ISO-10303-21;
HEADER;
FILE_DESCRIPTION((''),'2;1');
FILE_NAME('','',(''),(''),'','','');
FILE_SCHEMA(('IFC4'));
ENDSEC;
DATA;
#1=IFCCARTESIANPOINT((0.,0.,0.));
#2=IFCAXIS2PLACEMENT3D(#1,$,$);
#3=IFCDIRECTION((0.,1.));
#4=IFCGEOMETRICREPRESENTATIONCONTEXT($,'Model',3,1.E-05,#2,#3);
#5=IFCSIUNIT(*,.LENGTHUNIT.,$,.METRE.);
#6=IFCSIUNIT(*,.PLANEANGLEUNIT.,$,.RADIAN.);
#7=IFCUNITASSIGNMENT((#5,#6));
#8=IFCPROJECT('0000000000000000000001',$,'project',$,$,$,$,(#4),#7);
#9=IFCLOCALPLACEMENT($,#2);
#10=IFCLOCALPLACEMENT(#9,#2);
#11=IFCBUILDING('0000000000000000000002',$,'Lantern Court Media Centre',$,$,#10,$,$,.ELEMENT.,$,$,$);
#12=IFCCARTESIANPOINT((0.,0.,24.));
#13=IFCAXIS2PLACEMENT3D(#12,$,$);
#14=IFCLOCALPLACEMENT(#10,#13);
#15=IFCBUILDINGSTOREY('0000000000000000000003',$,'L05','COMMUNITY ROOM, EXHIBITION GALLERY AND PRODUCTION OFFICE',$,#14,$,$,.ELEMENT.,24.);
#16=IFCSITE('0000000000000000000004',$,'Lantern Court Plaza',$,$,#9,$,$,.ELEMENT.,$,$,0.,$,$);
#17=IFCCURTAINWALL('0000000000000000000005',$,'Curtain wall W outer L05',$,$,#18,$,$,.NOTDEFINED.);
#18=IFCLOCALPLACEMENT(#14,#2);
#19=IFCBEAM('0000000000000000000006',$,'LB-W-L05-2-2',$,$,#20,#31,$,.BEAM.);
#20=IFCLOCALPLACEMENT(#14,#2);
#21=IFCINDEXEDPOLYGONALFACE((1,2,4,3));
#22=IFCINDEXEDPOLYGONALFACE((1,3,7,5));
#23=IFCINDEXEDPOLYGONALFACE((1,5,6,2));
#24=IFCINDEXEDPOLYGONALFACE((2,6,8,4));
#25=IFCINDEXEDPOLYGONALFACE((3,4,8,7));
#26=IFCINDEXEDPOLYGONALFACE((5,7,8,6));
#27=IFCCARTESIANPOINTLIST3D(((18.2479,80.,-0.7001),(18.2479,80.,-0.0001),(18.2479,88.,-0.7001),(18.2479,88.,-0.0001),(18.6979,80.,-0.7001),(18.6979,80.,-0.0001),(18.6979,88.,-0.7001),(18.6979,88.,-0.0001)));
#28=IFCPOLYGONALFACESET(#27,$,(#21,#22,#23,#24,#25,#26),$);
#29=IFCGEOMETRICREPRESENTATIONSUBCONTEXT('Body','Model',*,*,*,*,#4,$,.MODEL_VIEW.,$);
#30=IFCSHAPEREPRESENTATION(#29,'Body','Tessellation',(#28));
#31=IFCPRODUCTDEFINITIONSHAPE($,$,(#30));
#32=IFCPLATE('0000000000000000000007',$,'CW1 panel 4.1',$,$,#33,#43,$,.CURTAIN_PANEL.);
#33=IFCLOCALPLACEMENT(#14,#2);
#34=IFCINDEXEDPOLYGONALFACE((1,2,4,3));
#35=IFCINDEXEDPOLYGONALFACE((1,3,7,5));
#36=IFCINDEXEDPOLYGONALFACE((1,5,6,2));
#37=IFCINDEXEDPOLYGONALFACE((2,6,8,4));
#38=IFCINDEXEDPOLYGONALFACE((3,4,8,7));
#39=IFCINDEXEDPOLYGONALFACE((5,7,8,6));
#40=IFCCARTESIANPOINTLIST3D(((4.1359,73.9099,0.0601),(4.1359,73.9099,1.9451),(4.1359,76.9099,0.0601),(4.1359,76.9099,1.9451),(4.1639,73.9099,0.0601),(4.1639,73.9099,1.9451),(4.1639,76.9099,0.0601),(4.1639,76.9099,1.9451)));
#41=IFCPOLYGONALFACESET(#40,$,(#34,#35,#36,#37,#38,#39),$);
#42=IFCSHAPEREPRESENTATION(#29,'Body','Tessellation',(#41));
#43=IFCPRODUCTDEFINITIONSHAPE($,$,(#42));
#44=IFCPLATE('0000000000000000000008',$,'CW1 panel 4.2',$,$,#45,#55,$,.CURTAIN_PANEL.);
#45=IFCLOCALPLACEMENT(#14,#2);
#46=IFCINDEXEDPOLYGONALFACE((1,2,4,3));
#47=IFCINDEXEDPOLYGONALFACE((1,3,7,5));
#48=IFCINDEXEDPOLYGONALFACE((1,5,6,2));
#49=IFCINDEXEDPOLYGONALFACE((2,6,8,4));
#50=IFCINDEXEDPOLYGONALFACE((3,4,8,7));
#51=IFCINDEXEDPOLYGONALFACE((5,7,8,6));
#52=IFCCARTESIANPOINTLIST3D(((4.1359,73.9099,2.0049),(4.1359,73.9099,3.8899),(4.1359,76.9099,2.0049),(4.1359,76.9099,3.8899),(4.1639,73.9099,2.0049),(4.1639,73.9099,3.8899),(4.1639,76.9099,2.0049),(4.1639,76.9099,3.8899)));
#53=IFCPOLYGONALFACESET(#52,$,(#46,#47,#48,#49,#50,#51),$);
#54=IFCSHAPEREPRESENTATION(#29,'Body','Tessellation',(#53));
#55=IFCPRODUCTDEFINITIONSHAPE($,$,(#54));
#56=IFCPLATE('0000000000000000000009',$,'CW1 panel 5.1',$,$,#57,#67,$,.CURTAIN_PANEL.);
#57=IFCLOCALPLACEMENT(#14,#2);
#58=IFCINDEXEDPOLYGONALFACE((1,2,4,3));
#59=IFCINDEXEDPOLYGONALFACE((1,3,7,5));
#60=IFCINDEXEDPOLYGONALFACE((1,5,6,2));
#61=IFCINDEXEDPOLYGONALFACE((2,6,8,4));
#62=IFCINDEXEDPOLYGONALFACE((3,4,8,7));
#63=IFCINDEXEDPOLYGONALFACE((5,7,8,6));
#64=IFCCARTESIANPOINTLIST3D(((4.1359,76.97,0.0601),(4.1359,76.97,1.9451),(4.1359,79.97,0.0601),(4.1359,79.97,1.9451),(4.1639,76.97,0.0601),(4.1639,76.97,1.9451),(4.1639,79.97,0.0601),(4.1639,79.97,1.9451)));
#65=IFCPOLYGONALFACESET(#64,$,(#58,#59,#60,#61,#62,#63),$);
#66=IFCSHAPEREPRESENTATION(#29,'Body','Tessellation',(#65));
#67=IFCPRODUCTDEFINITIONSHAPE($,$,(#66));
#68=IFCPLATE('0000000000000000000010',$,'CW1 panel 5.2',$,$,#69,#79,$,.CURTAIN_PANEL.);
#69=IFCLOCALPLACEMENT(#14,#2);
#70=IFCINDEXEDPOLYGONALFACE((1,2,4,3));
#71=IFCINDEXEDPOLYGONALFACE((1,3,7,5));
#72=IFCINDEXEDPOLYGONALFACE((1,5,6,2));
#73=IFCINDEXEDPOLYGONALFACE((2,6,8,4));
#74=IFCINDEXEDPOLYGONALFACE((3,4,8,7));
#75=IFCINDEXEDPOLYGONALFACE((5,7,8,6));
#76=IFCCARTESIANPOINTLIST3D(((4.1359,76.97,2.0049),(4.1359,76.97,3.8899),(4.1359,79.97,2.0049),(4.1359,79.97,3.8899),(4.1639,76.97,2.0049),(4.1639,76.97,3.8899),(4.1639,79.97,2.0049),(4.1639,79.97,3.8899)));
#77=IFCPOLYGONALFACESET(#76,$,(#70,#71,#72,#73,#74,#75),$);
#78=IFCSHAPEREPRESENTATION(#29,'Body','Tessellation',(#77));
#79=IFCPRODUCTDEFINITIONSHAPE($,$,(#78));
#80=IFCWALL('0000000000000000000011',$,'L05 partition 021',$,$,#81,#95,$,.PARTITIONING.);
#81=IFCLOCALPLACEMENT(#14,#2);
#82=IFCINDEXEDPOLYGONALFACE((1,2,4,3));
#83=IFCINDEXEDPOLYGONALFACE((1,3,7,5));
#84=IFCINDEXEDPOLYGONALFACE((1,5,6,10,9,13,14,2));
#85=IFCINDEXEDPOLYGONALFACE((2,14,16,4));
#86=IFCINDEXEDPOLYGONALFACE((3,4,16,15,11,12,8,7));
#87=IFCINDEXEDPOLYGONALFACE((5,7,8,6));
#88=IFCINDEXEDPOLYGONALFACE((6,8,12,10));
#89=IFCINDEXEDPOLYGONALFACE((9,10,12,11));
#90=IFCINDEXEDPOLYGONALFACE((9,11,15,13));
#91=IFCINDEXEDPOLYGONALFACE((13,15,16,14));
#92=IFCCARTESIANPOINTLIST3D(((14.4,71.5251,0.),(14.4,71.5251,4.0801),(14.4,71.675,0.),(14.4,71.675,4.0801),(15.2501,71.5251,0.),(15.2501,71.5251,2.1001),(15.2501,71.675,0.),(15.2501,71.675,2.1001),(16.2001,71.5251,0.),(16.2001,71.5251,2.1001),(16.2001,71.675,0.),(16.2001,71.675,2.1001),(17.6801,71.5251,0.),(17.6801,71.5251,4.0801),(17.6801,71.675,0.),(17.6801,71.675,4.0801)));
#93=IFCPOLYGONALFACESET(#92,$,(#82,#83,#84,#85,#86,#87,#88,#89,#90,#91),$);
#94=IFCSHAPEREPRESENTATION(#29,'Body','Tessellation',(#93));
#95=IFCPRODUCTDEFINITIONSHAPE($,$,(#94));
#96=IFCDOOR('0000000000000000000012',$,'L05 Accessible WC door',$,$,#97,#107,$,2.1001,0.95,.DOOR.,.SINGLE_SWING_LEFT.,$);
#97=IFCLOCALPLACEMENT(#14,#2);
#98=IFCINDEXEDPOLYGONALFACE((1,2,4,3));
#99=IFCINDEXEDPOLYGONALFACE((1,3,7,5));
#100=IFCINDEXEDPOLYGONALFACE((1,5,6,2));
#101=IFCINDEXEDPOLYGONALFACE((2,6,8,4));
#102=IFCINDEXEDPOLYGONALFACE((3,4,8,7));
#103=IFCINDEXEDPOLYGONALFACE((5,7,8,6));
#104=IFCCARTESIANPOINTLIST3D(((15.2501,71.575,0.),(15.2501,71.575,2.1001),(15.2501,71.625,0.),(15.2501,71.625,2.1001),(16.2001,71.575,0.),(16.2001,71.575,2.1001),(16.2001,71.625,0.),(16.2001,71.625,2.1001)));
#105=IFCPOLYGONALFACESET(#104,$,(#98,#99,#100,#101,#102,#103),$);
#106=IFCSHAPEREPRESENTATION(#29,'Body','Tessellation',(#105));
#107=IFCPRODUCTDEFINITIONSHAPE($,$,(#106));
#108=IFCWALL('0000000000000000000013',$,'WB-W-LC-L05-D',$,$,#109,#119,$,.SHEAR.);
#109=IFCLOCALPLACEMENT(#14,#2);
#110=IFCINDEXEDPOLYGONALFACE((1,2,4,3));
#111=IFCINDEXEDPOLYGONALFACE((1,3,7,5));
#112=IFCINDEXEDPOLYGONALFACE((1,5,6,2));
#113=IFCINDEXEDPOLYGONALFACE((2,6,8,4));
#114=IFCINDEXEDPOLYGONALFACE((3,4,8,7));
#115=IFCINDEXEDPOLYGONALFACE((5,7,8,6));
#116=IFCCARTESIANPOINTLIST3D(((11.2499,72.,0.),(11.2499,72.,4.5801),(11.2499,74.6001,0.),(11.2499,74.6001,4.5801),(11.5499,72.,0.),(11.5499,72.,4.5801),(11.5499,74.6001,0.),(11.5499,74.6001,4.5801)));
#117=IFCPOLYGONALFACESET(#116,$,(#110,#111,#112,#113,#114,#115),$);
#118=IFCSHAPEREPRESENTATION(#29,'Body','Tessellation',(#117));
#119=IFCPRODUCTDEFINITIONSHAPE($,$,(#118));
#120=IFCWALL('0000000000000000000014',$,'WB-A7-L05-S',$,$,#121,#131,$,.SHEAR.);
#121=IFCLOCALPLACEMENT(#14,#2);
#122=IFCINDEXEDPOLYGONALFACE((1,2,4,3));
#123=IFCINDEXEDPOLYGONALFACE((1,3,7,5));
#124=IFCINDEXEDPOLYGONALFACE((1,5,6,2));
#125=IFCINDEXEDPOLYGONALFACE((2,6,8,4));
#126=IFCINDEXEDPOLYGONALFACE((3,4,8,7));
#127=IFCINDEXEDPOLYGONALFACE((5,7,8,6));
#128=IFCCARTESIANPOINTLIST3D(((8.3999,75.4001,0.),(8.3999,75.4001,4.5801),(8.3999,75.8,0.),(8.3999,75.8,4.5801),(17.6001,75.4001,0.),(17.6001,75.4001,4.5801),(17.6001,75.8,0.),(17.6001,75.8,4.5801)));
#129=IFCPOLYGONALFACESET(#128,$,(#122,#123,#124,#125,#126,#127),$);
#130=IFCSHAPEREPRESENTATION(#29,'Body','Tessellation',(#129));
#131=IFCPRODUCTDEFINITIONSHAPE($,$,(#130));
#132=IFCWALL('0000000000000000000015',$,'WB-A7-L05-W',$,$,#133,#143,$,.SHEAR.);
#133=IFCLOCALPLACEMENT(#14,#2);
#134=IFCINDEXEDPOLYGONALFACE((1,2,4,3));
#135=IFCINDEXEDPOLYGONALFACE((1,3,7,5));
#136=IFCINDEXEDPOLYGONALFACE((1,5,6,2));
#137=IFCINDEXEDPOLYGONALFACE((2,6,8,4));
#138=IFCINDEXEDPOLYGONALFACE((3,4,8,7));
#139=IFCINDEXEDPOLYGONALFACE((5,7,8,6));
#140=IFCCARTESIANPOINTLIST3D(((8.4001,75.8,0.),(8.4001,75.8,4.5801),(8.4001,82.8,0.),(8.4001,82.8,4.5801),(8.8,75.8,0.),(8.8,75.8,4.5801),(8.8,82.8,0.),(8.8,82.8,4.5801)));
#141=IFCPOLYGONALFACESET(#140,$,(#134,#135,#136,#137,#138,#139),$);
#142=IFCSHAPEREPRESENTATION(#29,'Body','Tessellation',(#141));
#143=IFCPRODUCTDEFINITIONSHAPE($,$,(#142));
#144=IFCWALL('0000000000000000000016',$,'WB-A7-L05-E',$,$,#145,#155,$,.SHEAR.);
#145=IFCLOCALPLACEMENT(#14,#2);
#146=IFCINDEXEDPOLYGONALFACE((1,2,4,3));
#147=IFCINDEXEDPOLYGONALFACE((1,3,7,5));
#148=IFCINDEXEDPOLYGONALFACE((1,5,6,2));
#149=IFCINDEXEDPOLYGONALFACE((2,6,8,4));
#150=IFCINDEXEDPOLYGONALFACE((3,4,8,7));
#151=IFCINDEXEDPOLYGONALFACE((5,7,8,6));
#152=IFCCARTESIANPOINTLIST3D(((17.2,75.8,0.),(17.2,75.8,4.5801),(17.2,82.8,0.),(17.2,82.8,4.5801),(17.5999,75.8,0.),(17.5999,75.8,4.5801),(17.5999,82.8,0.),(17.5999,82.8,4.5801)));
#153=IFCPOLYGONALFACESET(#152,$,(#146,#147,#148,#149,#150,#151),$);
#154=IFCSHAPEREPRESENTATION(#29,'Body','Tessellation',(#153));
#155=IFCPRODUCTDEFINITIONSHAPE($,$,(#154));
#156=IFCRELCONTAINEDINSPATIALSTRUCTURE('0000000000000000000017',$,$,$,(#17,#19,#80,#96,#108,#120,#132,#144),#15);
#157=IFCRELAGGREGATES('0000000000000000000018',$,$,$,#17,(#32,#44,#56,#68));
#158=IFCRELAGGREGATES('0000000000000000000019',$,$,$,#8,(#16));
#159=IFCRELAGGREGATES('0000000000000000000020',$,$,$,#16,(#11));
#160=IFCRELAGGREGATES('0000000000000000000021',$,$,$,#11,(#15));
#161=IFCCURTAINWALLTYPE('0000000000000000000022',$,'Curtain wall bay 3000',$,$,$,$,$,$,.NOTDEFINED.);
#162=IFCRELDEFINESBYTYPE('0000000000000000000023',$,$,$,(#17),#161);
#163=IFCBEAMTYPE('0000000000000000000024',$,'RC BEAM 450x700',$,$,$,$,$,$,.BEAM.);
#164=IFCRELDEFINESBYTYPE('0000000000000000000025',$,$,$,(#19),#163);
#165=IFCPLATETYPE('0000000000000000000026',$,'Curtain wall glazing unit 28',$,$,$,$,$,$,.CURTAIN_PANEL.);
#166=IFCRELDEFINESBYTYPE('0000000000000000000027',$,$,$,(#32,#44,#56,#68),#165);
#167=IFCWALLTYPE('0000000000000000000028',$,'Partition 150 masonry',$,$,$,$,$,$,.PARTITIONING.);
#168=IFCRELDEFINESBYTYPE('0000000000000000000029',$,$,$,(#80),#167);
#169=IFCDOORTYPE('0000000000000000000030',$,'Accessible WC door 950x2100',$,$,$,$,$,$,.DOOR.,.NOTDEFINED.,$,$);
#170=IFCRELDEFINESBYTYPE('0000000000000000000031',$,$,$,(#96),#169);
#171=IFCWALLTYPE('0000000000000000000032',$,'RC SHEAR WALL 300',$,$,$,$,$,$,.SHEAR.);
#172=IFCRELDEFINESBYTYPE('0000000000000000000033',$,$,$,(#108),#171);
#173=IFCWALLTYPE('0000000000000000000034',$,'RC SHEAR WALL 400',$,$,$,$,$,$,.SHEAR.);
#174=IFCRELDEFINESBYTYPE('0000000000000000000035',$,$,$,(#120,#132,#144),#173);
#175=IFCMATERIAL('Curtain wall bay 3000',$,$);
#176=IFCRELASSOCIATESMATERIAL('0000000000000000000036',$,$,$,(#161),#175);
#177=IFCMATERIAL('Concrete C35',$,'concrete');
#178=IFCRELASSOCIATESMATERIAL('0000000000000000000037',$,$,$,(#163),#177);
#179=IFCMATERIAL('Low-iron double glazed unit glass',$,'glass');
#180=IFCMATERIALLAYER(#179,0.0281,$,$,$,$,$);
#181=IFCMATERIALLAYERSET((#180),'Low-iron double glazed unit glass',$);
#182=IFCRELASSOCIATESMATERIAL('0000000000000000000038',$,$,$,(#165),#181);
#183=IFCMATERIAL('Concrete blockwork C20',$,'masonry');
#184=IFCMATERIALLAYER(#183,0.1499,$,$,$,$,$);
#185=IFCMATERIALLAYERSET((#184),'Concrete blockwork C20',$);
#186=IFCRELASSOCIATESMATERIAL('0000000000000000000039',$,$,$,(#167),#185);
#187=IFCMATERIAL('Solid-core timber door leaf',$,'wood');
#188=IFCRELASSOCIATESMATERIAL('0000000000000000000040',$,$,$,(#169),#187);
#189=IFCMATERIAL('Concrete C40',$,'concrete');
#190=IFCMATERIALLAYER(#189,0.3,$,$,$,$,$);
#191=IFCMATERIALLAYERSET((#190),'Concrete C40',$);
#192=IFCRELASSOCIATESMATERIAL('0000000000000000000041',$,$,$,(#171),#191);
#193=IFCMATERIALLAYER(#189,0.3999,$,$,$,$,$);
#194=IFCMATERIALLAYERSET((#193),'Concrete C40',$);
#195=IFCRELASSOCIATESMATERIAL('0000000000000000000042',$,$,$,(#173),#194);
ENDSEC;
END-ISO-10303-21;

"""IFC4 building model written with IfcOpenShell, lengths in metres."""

from ifc_helpers import new_model, si_unit, direction, frame, frame_2d, origin, origin_2d, place, context, subcontext, project, spatial, rectangle, extrude, material, layer, layer_set, material_profile, profile_set, type_object, element, fill, aggregate, save


model = new_model("IFC4")

# Units and contexts
model_context = context("Model", 3, precision=1e-05, world=origin(), true_north=direction((0.0, 1.0)))
body_context = subcontext(model_context, "Body", "Model", "MODEL_VIEW")
ifc_project = project(units=[si_unit("LENGTHUNIT", "METRE"), si_unit("PLANEANGLEUNIT", "RADIAN")], contexts=[model_context])

# Site, building, storey
site_placement = place(None, origin())
site = spatial("IfcSite", under=ifc_project, at=site_placement, Name="Lantern Court Plaza", CompositionType="ELEMENT", RefElevation=0.0)
building_placement = place(site_placement, origin())
building = spatial("IfcBuilding", under=site, at=building_placement, Name="Lantern Court Media Centre", CompositionType="ELEMENT")
storey_placement = place(building_placement, frame((0.0, 0.0, 24.0)))
storey = spatial("IfcBuildingStorey", under=building, at=storey_placement, Name="L05", Description="COMMUNITY ROOM, EXHIBITION GALLERY AND PRODUCTION OFFICE", CompositionType="ELEMENT", Elevation=24.0)

# Shared definitions
ifc_material_1 = material(Name="Concrete C35", Category="concrete")

# Curtain wall
ifc_material_2 = material(Name="Curtain wall bay 3000")
curtain_wall_type = type_object("IfcCurtainWallType", Name="Curtain wall bay 3000", PredefinedType="NOTDEFINED", material=ifc_material_2)
curtain_wall_placement = place(storey_placement, origin())
curtain_wall = element("IfcCurtainWall", 1, at=curtain_wall_placement, inside=storey, type_object=curtain_wall_type, Name="Curtain wall W outer L05", PredefinedType="NOTDEFINED")

# Beam
ifc_material_profile_1 = material_profile(ifc_material_1, rectangle(XDim=0.45, YDim=0.7, at=origin_2d()), Name="RC 450x700")
ifc_profile_set_1 = profile_set([ifc_material_profile_1], Name="Concrete C35")
beam_type_1 = type_object("IfcBeamType", Name="RC BEAM 450x700", PredefinedType="BEAM", material=ifc_profile_set_1)
for number, where, z_axis, x_axis, name in (
    (2, (18.4729, 80.0, -0.3501), (0.0, 1.0, 0.0), (-1.0, 0.0, 0.0), "LB-W-L05-2-2"),
):
    element("IfcBeam", number, at=place(storey_placement, frame(where, z_axis=z_axis, x_axis=x_axis)), inside=storey, type_object=beam_type_1, Name=name, PredefinedType="BEAM", context=body_context, shape_type="SweptSolid", body=[
        extrude(rectangle(XDim=0.45, YDim=0.7, at=origin_2d()), origin(), (0.0, 0.0, 1.0), 8.0),
    ])

# Plates
ifc_material_3 = material(Name="Low-iron double glazed unit glass", Category="glass")
ifc_layer_1 = layer(ifc_material_3, 0.0281)
ifc_layer_set_1 = layer_set([ifc_layer_1], Name="Low-iron double glazed unit glass")
plate_type = type_object("IfcPlateType", Name="Curtain wall glazing unit 28", PredefinedType="CURTAIN_PANEL", material=ifc_layer_set_1)
plate_1_placement = place(storey_placement, frame((4.1499, 75.4099, 0.0601), z_axis=(0.0, 0.0, 1.0), x_axis=(0.0, 1.0, 0.0)))
plate_1 = element("IfcPlate", 3, at=plate_1_placement, type_object=plate_type, Name="CW1 panel 4.1", PredefinedType="CURTAIN_PANEL", context=body_context, shape_type="SweptSolid", body=[
    extrude(rectangle(XDim=3.0, YDim=0.0281, at=origin_2d()), origin(), (0.0, 0.0, 1.0), 1.885),
])
plate_2_placement = place(storey_placement, frame((4.1499, 75.4099, 2.0049), z_axis=(0.0, 0.0, 1.0), x_axis=(0.0, 1.0, 0.0)))
plate_2 = element("IfcPlate", 4, at=plate_2_placement, type_object=plate_type, Name="CW1 panel 4.2", PredefinedType="CURTAIN_PANEL", context=body_context, shape_type="SweptSolid", body=[
    extrude(rectangle(XDim=3.0, YDim=0.0281, at=origin_2d()), origin(), (0.0, 0.0, 1.0), 1.885),
])
plate_3_placement = place(storey_placement, frame((4.1499, 78.47, 0.0601), z_axis=(0.0, 0.0, 1.0), x_axis=(0.0, 1.0, 0.0)))
plate_3 = element("IfcPlate", 5, at=plate_3_placement, type_object=plate_type, Name="CW1 panel 5.1", PredefinedType="CURTAIN_PANEL", context=body_context, shape_type="SweptSolid", body=[
    extrude(rectangle(XDim=3.0, YDim=0.0281, at=origin_2d()), origin(), (0.0, 0.0, 1.0), 1.885),
])
plate_4_placement = place(storey_placement, frame((4.1499, 78.47, 2.0049), z_axis=(0.0, 0.0, 1.0), x_axis=(0.0, 1.0, 0.0)))
plate_4 = element("IfcPlate", 6, at=plate_4_placement, type_object=plate_type, Name="CW1 panel 5.2", PredefinedType="CURTAIN_PANEL", context=body_context, shape_type="SweptSolid", body=[
    extrude(rectangle(XDim=3.0, YDim=0.0281, at=origin_2d()), origin(), (0.0, 0.0, 1.0), 1.885),
])
aggregate(curtain_wall, [plate_1, plate_2, plate_3, plate_4])

# Wall, opening, door
ifc_material_4 = material(Name="Concrete blockwork C20", Category="masonry")
ifc_layer_2 = layer(ifc_material_4, 0.1499)
ifc_layer_set_2 = layer_set([ifc_layer_2], Name="Concrete blockwork C20")
wall_type_1 = type_object("IfcWallType", Name="Partition 150 masonry", PredefinedType="PARTITIONING", material=ifc_layer_set_2)
wall_1_placement = place(storey_placement, frame((14.3999, 71.6001, 0.0), z_axis=(0.0, 0.0, 1.0), x_axis=(1.0, 0.0, 0.0)))
wall_1 = element("IfcWall", 7, at=wall_1_placement, inside=storey, type_object=wall_type_1, Name="L05 partition 021", PredefinedType="PARTITIONING", context=body_context, shape_type="SweptSolid", body=[
    extrude(rectangle(XDim=3.28, YDim=0.1499, at=frame_2d((1.6401, 0.0))), origin(), (0.0, 0.0, 1.0), 4.0801),
])
opening_1_placement = place(wall_1_placement, frame((0.8501, 0.0, 0.0)))
opening_1 = element("IfcOpeningElement", 8, at=opening_1_placement, cuts=wall_1, PredefinedType="OPENING", context=body_context, shape_type="SweptSolid", body=[
    extrude(rectangle(XDim=0.95, YDim=2.1001, at=frame_2d((0.4751, 1.05))), frame((0.0, 0.085, 0.0), z_axis=(0.0, -1.0, 0.0), x_axis=(1.0, 0.0, 0.0)), (0.0, 0.0, 1.0), 0.1699),
])
ifc_material_5 = material(Name="Solid-core timber door leaf", Category="wood")
door_type_1 = type_object("IfcDoorType", Name="Accessible WC door 950x2100", OperationType="NOTDEFINED", PredefinedType="DOOR", material=ifc_material_5)
door_1_placement = place(opening_1_placement, origin())
door_1 = element("IfcDoor", 9, at=door_1_placement, inside=storey, type_object=door_type_1, Name="L05 Accessible WC door", OperationType="SINGLE_SWING_LEFT", OverallHeight=2.1001, OverallWidth=0.95, PredefinedType="DOOR", context=body_context, shape_type="SweptSolid", body=[
    extrude(rectangle(XDim=0.95, YDim=2.1001, at=frame_2d((0.4751, 1.05))), frame((0.0, 0.0249, 0.0), z_axis=(0.0, -1.0, 0.0), x_axis=(1.0, 0.0, 0.0)), (0.0, 0.0, 1.0), 0.05),
])
fill(opening_1, door_1)

# Walls
ifc_material_6 = material(Name="Concrete C40", Category="concrete")
ifc_layer_3 = layer(ifc_material_6, 0.3)
ifc_layer_set_3 = layer_set([ifc_layer_3], Name="Concrete C40")
wall_type_2 = type_object("IfcWallType", Name="RC SHEAR WALL 300", PredefinedType="SHEAR", material=ifc_layer_set_3)
wall_2_placement = place(storey_placement, frame((11.3999, 72.0, 0.0), z_axis=(0.0, 0.0, 1.0), x_axis=(0.0, 1.0, 0.0)))
element("IfcWall", 10, at=wall_2_placement, inside=storey, type_object=wall_type_2, Name="WB-W-LC-L05-D", PredefinedType="SHEAR", context=body_context, shape_type="SweptSolid", body=[
    extrude(rectangle(XDim=2.6001, YDim=0.3, at=frame_2d((1.3, 0.0))), origin(), (0.0, 0.0, 1.0), 4.5801),
])
ifc_layer_4 = layer(ifc_material_6, 0.3999)
ifc_layer_set_4 = layer_set([ifc_layer_4], Name="Concrete C40")
wall_type_3 = type_object("IfcWallType", Name="RC SHEAR WALL 400", PredefinedType="SHEAR", material=ifc_layer_set_4)
wall_3_placement = place(storey_placement, frame((8.3999, 75.6001, 0.0), z_axis=(0.0, 0.0, 1.0), x_axis=(1.0, 0.0, 0.0)))
element("IfcWall", 11, at=wall_3_placement, inside=storey, type_object=wall_type_3, Name="WB-A7-L05-S", PredefinedType="SHEAR", context=body_context, shape_type="SweptSolid", body=[
    extrude(rectangle(XDim=9.2002, YDim=0.3999, at=frame_2d((4.6001, 0.0))), origin(), (0.0, 0.0, 1.0), 4.5801),
])
for number, where, z_axis, x_axis, name in (
    (12, (8.6001, 75.8, 0.0), (0.0, 0.0, 1.0), (0.0, 1.0, 0.0), "WB-A7-L05-W"),
    (13, (17.3999, 75.8, 0.0), (0.0, 0.0, 1.0), (0.0, 1.0, 0.0), "WB-A7-L05-E"),
):
    element("IfcWall", number, at=place(storey_placement, frame(where, z_axis=z_axis, x_axis=x_axis)), inside=storey, type_object=wall_type_3, Name=name, PredefinedType="SHEAR", context=body_context, shape_type="SweptSolid", body=[
        extrude(rectangle(XDim=7.0, YDim=0.3999, at=frame_2d((3.5, 0.0))), origin(), (0.0, 0.0, 1.0), 4.5801),
    ])

save(model, "model.ifc")
